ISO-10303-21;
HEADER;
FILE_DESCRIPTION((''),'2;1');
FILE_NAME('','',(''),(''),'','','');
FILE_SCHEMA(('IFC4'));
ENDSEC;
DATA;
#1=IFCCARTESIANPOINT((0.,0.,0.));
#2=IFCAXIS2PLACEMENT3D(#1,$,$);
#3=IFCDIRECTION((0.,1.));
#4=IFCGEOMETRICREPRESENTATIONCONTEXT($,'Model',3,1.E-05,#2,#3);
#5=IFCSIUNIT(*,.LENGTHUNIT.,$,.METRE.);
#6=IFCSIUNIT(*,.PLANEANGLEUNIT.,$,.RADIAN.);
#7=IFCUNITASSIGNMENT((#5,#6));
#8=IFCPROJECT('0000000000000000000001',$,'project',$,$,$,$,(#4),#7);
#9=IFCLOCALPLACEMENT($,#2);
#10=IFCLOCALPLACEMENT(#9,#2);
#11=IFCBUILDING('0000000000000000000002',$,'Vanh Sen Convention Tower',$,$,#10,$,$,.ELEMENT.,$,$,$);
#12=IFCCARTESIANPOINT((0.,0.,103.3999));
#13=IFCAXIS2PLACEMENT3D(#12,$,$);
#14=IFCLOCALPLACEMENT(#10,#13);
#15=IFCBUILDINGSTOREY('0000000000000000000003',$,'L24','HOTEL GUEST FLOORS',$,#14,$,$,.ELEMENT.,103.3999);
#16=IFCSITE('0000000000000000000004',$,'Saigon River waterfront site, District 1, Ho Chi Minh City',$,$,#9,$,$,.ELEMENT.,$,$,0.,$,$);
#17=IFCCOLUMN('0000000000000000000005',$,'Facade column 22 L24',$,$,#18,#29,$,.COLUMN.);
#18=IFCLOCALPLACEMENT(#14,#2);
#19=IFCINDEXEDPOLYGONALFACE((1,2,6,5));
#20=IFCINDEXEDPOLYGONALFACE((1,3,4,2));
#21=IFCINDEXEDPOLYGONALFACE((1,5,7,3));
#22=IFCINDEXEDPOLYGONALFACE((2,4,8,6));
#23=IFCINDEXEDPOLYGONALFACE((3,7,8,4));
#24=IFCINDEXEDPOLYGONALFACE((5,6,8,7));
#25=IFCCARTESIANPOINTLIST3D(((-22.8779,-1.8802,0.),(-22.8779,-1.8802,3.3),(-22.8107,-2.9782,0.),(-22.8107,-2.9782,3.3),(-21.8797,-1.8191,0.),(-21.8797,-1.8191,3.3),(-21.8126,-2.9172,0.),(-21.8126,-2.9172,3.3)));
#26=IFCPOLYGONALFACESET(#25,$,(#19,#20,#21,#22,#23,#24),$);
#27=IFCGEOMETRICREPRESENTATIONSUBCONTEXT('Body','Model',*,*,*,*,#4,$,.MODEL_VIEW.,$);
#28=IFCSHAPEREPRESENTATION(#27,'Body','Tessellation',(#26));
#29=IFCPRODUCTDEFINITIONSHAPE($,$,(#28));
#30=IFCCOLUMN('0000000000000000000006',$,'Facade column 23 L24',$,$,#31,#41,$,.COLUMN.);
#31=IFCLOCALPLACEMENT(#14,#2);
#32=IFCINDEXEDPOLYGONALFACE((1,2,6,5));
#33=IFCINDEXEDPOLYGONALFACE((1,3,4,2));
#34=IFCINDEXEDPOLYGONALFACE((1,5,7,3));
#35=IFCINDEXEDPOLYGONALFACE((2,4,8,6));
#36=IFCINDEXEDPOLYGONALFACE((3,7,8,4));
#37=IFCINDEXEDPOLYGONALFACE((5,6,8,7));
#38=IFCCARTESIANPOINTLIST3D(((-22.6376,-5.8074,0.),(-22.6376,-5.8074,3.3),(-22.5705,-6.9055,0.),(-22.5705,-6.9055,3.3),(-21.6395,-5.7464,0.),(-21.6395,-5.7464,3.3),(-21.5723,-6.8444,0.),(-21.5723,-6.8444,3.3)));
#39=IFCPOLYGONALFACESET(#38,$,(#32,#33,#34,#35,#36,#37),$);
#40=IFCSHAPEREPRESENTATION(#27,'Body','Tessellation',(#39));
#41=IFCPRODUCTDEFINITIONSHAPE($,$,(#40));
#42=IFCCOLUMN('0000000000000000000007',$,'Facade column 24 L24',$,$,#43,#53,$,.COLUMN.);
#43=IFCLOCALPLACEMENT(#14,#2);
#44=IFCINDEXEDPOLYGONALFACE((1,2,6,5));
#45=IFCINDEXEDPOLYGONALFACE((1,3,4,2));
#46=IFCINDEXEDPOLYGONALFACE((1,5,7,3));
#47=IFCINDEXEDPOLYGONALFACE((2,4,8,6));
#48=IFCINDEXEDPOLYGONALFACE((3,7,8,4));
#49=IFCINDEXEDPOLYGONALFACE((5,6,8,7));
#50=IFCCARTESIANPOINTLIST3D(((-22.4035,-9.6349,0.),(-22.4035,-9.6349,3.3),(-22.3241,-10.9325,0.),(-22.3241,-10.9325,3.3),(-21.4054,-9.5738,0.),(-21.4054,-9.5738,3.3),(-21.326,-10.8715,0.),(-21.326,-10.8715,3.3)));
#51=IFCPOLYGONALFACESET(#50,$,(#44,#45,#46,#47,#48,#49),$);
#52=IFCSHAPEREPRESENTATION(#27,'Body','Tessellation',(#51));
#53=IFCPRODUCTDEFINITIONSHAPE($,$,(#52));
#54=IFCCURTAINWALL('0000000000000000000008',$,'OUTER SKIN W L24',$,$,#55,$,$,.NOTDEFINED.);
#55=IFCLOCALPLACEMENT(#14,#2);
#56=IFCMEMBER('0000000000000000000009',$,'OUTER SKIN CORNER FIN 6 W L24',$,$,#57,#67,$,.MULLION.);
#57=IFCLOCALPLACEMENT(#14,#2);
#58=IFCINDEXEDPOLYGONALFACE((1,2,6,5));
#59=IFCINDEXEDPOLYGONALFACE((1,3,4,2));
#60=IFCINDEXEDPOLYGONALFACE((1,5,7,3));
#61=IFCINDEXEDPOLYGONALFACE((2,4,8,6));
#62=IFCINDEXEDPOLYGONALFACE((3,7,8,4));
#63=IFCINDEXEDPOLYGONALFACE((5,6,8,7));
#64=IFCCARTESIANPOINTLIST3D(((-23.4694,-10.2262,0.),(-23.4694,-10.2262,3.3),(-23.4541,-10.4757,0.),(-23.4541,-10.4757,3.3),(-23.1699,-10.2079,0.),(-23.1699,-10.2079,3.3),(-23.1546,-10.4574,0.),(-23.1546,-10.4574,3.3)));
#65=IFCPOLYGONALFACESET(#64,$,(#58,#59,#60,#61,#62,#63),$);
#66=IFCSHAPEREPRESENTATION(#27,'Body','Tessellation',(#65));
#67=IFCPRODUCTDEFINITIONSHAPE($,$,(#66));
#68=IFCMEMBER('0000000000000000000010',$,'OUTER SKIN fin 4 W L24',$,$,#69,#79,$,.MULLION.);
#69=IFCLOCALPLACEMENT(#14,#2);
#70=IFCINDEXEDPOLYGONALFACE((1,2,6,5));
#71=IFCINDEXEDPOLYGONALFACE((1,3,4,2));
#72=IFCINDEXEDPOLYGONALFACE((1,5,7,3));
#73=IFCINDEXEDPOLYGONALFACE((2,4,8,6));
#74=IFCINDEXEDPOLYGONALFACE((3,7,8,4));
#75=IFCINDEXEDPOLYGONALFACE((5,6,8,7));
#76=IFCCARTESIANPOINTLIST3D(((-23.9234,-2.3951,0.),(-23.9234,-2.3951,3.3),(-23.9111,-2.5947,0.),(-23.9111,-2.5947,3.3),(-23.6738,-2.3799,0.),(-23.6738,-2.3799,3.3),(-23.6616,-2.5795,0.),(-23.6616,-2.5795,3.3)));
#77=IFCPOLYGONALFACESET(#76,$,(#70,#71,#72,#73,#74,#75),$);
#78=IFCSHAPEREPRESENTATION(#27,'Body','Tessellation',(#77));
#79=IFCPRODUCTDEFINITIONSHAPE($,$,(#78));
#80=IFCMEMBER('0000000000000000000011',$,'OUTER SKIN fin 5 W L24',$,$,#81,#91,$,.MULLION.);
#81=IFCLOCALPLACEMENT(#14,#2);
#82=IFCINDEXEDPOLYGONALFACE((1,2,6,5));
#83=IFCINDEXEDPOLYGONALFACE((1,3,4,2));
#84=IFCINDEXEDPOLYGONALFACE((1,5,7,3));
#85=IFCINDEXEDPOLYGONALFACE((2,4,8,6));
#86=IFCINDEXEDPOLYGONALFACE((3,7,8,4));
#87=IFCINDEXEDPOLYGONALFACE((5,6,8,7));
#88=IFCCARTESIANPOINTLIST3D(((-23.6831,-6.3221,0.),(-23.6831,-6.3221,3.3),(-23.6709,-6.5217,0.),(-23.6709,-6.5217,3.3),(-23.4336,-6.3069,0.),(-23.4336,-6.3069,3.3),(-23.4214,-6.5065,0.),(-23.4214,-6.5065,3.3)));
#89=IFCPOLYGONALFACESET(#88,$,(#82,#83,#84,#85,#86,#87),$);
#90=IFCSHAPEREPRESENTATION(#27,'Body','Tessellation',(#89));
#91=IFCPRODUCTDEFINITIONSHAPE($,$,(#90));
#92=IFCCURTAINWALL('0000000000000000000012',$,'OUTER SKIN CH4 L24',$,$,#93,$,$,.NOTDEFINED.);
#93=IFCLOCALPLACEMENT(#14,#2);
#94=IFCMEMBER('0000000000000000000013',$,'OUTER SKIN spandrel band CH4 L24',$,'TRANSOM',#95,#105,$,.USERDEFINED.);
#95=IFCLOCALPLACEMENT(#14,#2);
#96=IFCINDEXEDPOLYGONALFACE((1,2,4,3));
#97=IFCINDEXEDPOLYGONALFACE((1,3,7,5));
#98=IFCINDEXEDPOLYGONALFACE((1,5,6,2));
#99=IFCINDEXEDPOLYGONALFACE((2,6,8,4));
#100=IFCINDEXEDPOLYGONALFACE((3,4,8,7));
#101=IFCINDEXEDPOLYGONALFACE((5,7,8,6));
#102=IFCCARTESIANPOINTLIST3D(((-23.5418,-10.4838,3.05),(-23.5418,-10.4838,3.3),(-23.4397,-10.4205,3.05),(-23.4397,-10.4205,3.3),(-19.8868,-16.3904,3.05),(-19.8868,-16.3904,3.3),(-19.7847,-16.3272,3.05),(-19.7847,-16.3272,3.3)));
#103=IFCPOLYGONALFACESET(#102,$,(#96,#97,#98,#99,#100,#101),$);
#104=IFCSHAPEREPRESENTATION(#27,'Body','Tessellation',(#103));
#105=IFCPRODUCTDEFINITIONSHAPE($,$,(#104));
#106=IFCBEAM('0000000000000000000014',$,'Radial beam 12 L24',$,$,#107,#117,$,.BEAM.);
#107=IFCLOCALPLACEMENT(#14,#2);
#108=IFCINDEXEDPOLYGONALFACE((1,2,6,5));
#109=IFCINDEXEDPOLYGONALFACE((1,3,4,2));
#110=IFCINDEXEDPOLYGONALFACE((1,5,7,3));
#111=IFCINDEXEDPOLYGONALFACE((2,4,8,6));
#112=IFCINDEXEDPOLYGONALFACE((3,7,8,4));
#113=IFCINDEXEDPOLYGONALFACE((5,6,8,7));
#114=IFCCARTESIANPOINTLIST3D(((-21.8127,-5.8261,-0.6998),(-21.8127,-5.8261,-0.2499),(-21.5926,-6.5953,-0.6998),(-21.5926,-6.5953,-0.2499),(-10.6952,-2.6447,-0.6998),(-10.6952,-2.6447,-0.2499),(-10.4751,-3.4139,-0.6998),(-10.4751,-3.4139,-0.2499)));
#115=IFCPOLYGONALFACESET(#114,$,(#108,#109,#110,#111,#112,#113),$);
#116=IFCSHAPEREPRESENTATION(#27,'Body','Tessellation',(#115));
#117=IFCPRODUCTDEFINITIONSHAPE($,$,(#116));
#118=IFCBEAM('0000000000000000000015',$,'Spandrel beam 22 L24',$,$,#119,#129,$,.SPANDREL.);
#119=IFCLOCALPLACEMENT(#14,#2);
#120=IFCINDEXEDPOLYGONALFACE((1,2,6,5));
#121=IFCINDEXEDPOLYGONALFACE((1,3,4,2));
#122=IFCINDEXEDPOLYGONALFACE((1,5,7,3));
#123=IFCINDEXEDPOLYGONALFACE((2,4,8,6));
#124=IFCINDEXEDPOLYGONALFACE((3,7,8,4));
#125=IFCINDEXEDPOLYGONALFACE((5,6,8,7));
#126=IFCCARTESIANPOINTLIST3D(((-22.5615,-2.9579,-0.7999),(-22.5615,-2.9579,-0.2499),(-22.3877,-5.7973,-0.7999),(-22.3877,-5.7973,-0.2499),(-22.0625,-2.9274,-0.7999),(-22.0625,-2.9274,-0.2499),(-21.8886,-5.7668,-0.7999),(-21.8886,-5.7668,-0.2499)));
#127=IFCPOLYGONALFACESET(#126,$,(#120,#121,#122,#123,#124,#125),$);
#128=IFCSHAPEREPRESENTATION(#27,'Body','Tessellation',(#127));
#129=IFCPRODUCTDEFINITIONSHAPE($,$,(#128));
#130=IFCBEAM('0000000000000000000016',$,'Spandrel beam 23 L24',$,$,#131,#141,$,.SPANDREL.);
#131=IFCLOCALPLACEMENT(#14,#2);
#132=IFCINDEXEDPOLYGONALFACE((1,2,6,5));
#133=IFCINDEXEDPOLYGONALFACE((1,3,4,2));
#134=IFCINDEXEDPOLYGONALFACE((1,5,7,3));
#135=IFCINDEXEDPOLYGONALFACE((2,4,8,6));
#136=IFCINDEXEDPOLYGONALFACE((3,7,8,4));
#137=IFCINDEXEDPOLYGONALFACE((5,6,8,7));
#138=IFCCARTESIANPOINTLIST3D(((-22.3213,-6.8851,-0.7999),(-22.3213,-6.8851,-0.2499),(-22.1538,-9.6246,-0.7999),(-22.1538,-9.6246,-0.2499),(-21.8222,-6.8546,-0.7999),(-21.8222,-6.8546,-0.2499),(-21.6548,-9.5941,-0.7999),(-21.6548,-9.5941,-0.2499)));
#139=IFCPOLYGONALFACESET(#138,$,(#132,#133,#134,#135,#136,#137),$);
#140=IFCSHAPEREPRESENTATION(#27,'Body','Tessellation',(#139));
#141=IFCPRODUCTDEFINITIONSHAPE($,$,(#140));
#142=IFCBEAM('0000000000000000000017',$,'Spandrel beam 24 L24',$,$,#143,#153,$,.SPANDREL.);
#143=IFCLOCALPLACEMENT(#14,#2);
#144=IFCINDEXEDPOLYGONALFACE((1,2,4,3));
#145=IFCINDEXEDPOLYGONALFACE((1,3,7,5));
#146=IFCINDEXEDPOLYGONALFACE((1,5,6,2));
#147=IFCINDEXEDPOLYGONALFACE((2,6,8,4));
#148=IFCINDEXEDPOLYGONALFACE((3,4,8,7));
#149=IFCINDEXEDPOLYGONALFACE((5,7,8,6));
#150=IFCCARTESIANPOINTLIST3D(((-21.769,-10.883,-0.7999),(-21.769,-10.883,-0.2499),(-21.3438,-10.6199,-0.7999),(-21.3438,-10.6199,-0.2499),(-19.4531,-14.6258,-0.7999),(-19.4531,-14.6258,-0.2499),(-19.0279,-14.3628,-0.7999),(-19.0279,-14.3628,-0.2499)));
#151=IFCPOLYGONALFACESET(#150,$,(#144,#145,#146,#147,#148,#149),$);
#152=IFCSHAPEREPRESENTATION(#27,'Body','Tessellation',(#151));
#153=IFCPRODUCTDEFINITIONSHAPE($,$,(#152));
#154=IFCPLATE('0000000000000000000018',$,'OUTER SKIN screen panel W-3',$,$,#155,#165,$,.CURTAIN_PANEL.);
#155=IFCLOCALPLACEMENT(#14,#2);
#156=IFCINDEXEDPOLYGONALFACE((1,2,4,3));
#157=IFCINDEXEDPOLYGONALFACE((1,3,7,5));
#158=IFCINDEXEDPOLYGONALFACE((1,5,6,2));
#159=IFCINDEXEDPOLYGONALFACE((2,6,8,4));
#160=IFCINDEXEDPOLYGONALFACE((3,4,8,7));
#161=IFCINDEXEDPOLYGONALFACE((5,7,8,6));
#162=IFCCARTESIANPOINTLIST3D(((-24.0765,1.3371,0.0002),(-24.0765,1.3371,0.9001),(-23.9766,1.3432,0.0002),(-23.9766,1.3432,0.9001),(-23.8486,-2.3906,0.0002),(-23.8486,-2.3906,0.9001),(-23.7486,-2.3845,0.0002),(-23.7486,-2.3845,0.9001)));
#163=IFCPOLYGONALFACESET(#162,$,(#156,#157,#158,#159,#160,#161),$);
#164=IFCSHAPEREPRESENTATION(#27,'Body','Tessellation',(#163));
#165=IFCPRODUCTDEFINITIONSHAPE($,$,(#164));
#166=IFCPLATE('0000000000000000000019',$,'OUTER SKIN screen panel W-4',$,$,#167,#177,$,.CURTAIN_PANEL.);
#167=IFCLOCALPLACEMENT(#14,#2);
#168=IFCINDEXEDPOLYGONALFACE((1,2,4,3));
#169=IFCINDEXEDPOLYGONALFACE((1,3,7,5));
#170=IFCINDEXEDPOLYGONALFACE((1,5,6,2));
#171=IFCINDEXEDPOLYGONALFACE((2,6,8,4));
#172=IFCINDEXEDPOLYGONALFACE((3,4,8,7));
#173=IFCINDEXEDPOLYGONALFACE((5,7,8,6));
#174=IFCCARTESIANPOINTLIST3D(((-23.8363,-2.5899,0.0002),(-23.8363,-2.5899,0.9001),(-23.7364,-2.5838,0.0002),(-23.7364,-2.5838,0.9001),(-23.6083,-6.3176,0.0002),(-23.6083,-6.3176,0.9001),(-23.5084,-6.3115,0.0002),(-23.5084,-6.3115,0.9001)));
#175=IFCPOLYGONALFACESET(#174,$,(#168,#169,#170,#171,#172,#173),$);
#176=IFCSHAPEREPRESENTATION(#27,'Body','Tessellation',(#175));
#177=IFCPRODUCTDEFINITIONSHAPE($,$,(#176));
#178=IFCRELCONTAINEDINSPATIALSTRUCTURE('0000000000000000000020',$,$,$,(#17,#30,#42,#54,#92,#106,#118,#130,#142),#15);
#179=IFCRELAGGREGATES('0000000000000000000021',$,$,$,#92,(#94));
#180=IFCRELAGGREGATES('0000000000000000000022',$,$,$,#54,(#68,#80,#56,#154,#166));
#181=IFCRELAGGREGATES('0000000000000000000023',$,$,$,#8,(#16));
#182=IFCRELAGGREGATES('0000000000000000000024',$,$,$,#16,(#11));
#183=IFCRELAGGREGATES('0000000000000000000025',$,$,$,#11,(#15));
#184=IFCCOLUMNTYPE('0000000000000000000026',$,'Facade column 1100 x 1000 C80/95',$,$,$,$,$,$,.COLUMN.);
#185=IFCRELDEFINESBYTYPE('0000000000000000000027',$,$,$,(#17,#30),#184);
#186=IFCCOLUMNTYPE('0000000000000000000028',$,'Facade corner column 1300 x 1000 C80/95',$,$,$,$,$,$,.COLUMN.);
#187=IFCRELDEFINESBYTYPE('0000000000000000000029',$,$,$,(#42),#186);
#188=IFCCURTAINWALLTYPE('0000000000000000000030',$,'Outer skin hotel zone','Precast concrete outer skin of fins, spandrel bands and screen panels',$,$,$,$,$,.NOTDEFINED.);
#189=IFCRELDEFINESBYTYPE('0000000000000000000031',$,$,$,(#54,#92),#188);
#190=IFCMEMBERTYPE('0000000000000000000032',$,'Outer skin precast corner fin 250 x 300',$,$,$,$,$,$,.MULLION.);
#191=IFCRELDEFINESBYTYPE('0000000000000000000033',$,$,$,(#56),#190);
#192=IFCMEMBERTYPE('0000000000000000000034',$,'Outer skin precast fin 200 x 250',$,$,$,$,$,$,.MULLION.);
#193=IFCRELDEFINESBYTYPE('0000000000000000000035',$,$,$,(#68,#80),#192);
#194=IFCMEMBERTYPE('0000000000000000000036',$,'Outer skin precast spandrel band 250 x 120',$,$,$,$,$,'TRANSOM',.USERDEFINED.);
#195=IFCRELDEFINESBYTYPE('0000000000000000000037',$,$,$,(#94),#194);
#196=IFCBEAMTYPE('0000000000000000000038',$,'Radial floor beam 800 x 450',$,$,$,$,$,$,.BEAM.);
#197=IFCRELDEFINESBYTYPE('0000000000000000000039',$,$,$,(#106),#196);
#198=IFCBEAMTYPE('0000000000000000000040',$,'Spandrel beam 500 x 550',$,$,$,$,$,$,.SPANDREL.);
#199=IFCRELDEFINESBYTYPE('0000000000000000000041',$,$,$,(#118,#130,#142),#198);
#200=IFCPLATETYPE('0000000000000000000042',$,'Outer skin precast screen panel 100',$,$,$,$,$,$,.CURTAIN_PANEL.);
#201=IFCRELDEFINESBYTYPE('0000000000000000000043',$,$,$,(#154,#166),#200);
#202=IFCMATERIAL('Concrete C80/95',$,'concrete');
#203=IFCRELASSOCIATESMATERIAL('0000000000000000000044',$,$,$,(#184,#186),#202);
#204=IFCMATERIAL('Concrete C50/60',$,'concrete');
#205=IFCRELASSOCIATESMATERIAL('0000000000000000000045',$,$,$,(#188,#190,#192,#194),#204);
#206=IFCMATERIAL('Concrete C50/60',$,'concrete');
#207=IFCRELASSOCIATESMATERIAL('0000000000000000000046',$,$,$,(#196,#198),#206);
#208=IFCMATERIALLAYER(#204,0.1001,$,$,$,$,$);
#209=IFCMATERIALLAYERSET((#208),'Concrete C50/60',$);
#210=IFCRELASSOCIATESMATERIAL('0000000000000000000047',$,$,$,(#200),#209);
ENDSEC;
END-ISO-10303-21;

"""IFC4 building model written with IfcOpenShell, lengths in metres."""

from ifc_helpers import new_model, si_unit, direction, frame, origin, origin_2d, place, context, subcontext, project, spatial, rectangle, extrude, material, layer, layer_set, material_profile, profile_set, type_object, element, aggregate, save


model = new_model("IFC4")

# Units and contexts
model_context = context("Model", 3, precision=1e-05, world=origin(), true_north=direction((0.0, 1.0)))
body_context = subcontext(model_context, "Body", "Model", "MODEL_VIEW")
ifc_project = project(units=[si_unit("LENGTHUNIT", "METRE"), si_unit("PLANEANGLEUNIT", "RADIAN")], contexts=[model_context])

# Site, building, storey
site_placement = place(None, origin())
site = spatial("IfcSite", under=ifc_project, at=site_placement, Name="Saigon River waterfront site, District 1, Ho Chi Minh City", CompositionType="ELEMENT", RefElevation=0.0)
building_placement = place(site_placement, origin())
building = spatial("IfcBuilding", under=site, at=building_placement, Name="Vanh Sen Convention Tower", CompositionType="ELEMENT")
storey_placement = place(building_placement, frame((0.0, 0.0, 103.3999)))
storey = spatial("IfcBuildingStorey", under=building, at=storey_placement, Name="L24", Description="HOTEL GUEST FLOORS", CompositionType="ELEMENT", Elevation=103.3999)

# Columns
ifc_material_1 = material(Name="Concrete C80/95", Category="concrete")
ifc_material_profile_1 = material_profile(ifc_material_1, rectangle(XDim=1.1001, YDim=1.0, at=origin_2d()), Name="RC 1100X1000")
ifc_profile_set_1 = profile_set([ifc_material_profile_1], Name="Concrete C80/95")
column_type_1 = type_object("IfcColumnType", Name="Facade column 1100 x 1000 C80/95", PredefinedType="COLUMN", material=ifc_profile_set_1)
for number, where, z_axis, x_axis, name in (
    (1, (-22.3452, -2.3987, 0.0), (0.0, 0.0, 1.0), (0.061049, -0.998135, 0.0), "Facade column 22 L24"),
    (2, (-22.105, -6.3259, 0.0), (0.0, 0.0, 1.0), (0.061049, -0.998135, 0.0), "Facade column 23 L24"),
):
    element("IfcColumn", number, at=place(storey_placement, frame(where, z_axis=z_axis, x_axis=x_axis)), inside=storey, type_object=column_type_1, Name=name, PredefinedType="COLUMN", context=body_context, shape_type="SweptSolid", body=[
        extrude(rectangle(XDim=1.1001, YDim=1.0, at=origin_2d()), origin(), (0.0, 0.0, 1.0), 3.3),
    ])
ifc_material_profile_2 = material_profile(ifc_material_1, rectangle(XDim=1.3, YDim=1.0, at=origin_2d()), Name="RC 1300X1000")
ifc_profile_set_2 = profile_set([ifc_material_profile_2], Name="Concrete C80/95")
column_type_2 = type_object("IfcColumnType", Name="Facade corner column 1300 x 1000 C80/95", PredefinedType="COLUMN", material=ifc_profile_set_2)
column_placement = place(storey_placement, frame((-21.8647, -10.2532, 0.0), z_axis=(0.0, 0.0, 1.0), x_axis=(0.061049, -0.998135, 0.0)))
element("IfcColumn", 3, at=column_placement, inside=storey, type_object=column_type_2, Name="Facade column 24 L24", PredefinedType="COLUMN", context=body_context, shape_type="SweptSolid", body=[
    extrude(rectangle(XDim=1.3, YDim=1.0, at=origin_2d()), origin(), (0.0, 0.0, 1.0), 3.3),
])

# Curtain wall, members
ifc_material_2 = material(Name="Concrete C50/60", Category="concrete")
curtain_wall_type = type_object("IfcCurtainWallType", Name="Outer skin hotel zone", Description="Precast concrete outer skin of fins, spandrel bands and screen panels", PredefinedType="NOTDEFINED", material=ifc_material_2)
curtain_wall_1_placement = place(storey_placement, origin())
curtain_wall_1 = element("IfcCurtainWall", 4, at=curtain_wall_1_placement, inside=storey, type_object=curtain_wall_type, Name="OUTER SKIN W L24", PredefinedType="NOTDEFINED")
ifc_material_profile_3 = material_profile(ifc_material_2, rectangle(XDim=0.25, YDim=0.3, at=origin_2d()), Name="Outer skin precast corner fin 250 x 300")
ifc_profile_set_3 = profile_set([ifc_material_profile_3], Name="Concrete C50/60")
member_type_1 = type_object("IfcMemberType", Name="Outer skin precast corner fin 250 x 300", PredefinedType="MULLION", material=ifc_profile_set_3)
member_1_placement = place(storey_placement, frame((-23.312, -10.3418, 0.0), z_axis=(0.0, 0.0, 1.0), x_axis=(0.061049, -0.998135, 0.0)))
member_1 = element("IfcMember", 5, at=member_1_placement, type_object=member_type_1, Name="OUTER SKIN CORNER FIN 6 W L24", PredefinedType="MULLION", context=body_context, shape_type="SweptSolid", body=[
    extrude(rectangle(XDim=0.25, YDim=0.3, at=origin_2d()), origin(), (0.0, 0.0, 1.0), 3.3),
])
ifc_material_profile_4 = material_profile(ifc_material_2, rectangle(XDim=0.2, YDim=0.25, at=origin_2d()), Name="Outer skin precast fin 200 x 250")
ifc_profile_set_4 = profile_set([ifc_material_profile_4], Name="Concrete C50/60")
member_type_2 = type_object("IfcMemberType", Name="Outer skin precast fin 200 x 250", PredefinedType="MULLION", material=ifc_profile_set_4)
member_2_placement = place(storey_placement, frame((-23.7925, -2.4873, 0.0), z_axis=(0.0, 0.0, 1.0), x_axis=(0.061049, -0.998135, 0.0)))
member_2 = element("IfcMember", 6, at=member_2_placement, type_object=member_type_2, Name="OUTER SKIN fin 4 W L24", PredefinedType="MULLION", context=body_context, shape_type="SweptSolid", body=[
    extrude(rectangle(XDim=0.2, YDim=0.25, at=origin_2d()), origin(), (0.0, 0.0, 1.0), 3.3),
])
member_3_placement = place(storey_placement, frame((-23.5522, -6.4143, 0.0), z_axis=(0.0, 0.0, 1.0), x_axis=(0.061049, -0.998135, 0.0)))
member_3 = element("IfcMember", 7, at=member_3_placement, type_object=member_type_2, Name="OUTER SKIN fin 5 W L24", PredefinedType="MULLION", context=body_context, shape_type="SweptSolid", body=[
    extrude(rectangle(XDim=0.2, YDim=0.25, at=origin_2d()), origin(), (0.0, 0.0, 1.0), 3.3),
])

# Curtain wall, member
curtain_wall_2_placement = place(storey_placement, origin())
curtain_wall_2 = element("IfcCurtainWall", 8, at=curtain_wall_2_placement, inside=storey, type_object=curtain_wall_type, Name="OUTER SKIN CH4 L24", PredefinedType="NOTDEFINED")
ifc_material_profile_5 = material_profile(ifc_material_2, rectangle(XDim=0.1201, YDim=0.25, at=origin_2d()), Name="Outer skin precast spandrel band 250 x 120")
ifc_profile_set_5 = profile_set([ifc_material_profile_5], Name="Concrete C50/60")
member_type_3 = type_object("IfcMemberType", Name="Outer skin precast spandrel band 250 x 120", ElementType="TRANSOM", PredefinedType="USERDEFINED", material=ifc_profile_set_5)
member_4_placement = place(storey_placement, frame((-23.4907, -10.4521, 3.175), z_axis=(0.526196, -0.850363, 0.0), x_axis=(0.850363, 0.526196, 0.0)))
member_4 = element("IfcMember", 9, at=member_4_placement, type_object=member_type_3, Name="OUTER SKIN spandrel band CH4 L24", ObjectType="TRANSOM", PredefinedType="USERDEFINED", context=body_context, shape_type="SweptSolid", body=[
    extrude(rectangle(XDim=0.1201, YDim=0.25, at=origin_2d()), origin(), (0.0, 0.0, 1.0), 6.946),
])
aggregate(curtain_wall_2, [member_4])

# Beams
ifc_material_3 = material(Name="Concrete C50/60", Category="concrete")
ifc_material_profile_6 = material_profile(ifc_material_3, rectangle(XDim=0.8, YDim=0.45, at=origin_2d()), Name="RC 800X450")
ifc_profile_set_6 = profile_set([ifc_material_profile_6], Name="Concrete C50/60")
beam_type_1 = type_object("IfcBeamType", Name="Radial floor beam 800 x 450", PredefinedType="BEAM", material=ifc_profile_set_6)
beam_1_placement = place(storey_placement, frame((-21.7026, -6.2107, -0.4749), z_axis=(0.96141, 0.27512, 0.0), x_axis=(-0.27512, 0.96141, 0.0)))
element("IfcBeam", 10, at=beam_1_placement, inside=storey, type_object=beam_type_1, Name="Radial beam 12 L24", PredefinedType="BEAM", context=body_context, shape_type="SweptSolid", body=[
    extrude(rectangle(XDim=0.8, YDim=0.45, at=origin_2d()), origin(), (0.0, 0.0, 1.0), 11.5637),
])
ifc_material_profile_7 = material_profile(ifc_material_3, rectangle(XDim=0.5, YDim=0.55, at=origin_2d()), Name="RC 500X550")
ifc_profile_set_7 = profile_set([ifc_material_profile_7], Name="Concrete C50/60")
beam_type_2 = type_object("IfcBeamType", Name="Spandrel beam 500 x 550", PredefinedType="SPANDREL", material=ifc_profile_set_7)
beam_2_placement = place(storey_placement, frame((-22.312, -2.9426, -0.5249), z_axis=(0.061107, -0.998131, 0.0), x_axis=(0.998131, 0.061107, 0.0)))
element("IfcBeam", 11, at=beam_2_placement, inside=storey, type_object=beam_type_2, Name="Spandrel beam 22 L24", PredefinedType="SPANDREL", context=body_context, shape_type="SweptSolid", body=[
    extrude(rectangle(XDim=0.5, YDim=0.55, at=origin_2d()), origin(), (0.0, 0.0, 1.0), 2.8447),
])
beam_3_placement = place(storey_placement, frame((-22.0718, -6.8699, -0.5249), z_axis=(0.061021, -0.998136, 0.0), x_axis=(0.998136, 0.061021, 0.0)))
element("IfcBeam", 12, at=beam_3_placement, inside=storey, type_object=beam_type_2, Name="Spandrel beam 23 L24", PredefinedType="SPANDREL", context=body_context, shape_type="SweptSolid", body=[
    extrude(rectangle(XDim=0.5, YDim=0.55, at=origin_2d()), origin(), (0.0, 0.0, 1.0), 2.7446),
])
beam_4_placement = place(storey_placement, frame((-21.5564, -10.7515, -0.5249), z_axis=(0.526169, -0.85038, 0.0), x_axis=(0.85038, 0.526169, 0.0)))
element("IfcBeam", 13, at=beam_4_placement, inside=storey, type_object=beam_type_2, Name="Spandrel beam 24 L24", PredefinedType="SPANDREL", context=body_context, shape_type="SweptSolid", body=[
    extrude(rectangle(XDim=0.5, YDim=0.55, at=origin_2d()), origin(), (0.0, 0.0, 1.0), 4.4014),
])

# Plates
ifc_layer_1 = layer(ifc_material_2, 0.1001)
ifc_layer_set_1 = layer_set([ifc_layer_1], Name="Concrete C50/60")
plate_type = type_object("IfcPlateType", Name="Outer skin precast screen panel 100", PredefinedType="CURTAIN_PANEL", material=ifc_layer_set_1)
plate_1_placement = place(storey_placement, frame((-23.9126, -0.5237, 0.0002), z_axis=(0.0, 0.0, 1.0), x_axis=(0.061047, -0.998135, 0.0)))
plate_1 = element("IfcPlate", 14, at=plate_1_placement, type_object=plate_type, Name="OUTER SKIN screen panel W-3", PredefinedType="CURTAIN_PANEL", context=body_context, shape_type="SweptSolid", body=[
    extrude(rectangle(XDim=3.7346, YDim=0.1001, at=origin_2d()), origin(), (0.0, 0.0, 1.0), 0.8999),
])
plate_2_placement = place(storey_placement, frame((-23.6724, -4.4507, 0.0002), z_axis=(0.0, 0.0, 1.0), x_axis=(0.061049, -0.998135, 0.0)))
plate_2 = element("IfcPlate", 15, at=plate_2_placement, type_object=plate_type, Name="OUTER SKIN screen panel W-4", PredefinedType="CURTAIN_PANEL", context=body_context, shape_type="SweptSolid", body=[
    extrude(rectangle(XDim=3.7346, YDim=0.1001, at=origin_2d()), origin(), (0.0, 0.0, 1.0), 0.8999),
])
aggregate(curtain_wall_1, [member_2, member_3, member_1, plate_1, plate_2])

save(model, "model.ifc")
